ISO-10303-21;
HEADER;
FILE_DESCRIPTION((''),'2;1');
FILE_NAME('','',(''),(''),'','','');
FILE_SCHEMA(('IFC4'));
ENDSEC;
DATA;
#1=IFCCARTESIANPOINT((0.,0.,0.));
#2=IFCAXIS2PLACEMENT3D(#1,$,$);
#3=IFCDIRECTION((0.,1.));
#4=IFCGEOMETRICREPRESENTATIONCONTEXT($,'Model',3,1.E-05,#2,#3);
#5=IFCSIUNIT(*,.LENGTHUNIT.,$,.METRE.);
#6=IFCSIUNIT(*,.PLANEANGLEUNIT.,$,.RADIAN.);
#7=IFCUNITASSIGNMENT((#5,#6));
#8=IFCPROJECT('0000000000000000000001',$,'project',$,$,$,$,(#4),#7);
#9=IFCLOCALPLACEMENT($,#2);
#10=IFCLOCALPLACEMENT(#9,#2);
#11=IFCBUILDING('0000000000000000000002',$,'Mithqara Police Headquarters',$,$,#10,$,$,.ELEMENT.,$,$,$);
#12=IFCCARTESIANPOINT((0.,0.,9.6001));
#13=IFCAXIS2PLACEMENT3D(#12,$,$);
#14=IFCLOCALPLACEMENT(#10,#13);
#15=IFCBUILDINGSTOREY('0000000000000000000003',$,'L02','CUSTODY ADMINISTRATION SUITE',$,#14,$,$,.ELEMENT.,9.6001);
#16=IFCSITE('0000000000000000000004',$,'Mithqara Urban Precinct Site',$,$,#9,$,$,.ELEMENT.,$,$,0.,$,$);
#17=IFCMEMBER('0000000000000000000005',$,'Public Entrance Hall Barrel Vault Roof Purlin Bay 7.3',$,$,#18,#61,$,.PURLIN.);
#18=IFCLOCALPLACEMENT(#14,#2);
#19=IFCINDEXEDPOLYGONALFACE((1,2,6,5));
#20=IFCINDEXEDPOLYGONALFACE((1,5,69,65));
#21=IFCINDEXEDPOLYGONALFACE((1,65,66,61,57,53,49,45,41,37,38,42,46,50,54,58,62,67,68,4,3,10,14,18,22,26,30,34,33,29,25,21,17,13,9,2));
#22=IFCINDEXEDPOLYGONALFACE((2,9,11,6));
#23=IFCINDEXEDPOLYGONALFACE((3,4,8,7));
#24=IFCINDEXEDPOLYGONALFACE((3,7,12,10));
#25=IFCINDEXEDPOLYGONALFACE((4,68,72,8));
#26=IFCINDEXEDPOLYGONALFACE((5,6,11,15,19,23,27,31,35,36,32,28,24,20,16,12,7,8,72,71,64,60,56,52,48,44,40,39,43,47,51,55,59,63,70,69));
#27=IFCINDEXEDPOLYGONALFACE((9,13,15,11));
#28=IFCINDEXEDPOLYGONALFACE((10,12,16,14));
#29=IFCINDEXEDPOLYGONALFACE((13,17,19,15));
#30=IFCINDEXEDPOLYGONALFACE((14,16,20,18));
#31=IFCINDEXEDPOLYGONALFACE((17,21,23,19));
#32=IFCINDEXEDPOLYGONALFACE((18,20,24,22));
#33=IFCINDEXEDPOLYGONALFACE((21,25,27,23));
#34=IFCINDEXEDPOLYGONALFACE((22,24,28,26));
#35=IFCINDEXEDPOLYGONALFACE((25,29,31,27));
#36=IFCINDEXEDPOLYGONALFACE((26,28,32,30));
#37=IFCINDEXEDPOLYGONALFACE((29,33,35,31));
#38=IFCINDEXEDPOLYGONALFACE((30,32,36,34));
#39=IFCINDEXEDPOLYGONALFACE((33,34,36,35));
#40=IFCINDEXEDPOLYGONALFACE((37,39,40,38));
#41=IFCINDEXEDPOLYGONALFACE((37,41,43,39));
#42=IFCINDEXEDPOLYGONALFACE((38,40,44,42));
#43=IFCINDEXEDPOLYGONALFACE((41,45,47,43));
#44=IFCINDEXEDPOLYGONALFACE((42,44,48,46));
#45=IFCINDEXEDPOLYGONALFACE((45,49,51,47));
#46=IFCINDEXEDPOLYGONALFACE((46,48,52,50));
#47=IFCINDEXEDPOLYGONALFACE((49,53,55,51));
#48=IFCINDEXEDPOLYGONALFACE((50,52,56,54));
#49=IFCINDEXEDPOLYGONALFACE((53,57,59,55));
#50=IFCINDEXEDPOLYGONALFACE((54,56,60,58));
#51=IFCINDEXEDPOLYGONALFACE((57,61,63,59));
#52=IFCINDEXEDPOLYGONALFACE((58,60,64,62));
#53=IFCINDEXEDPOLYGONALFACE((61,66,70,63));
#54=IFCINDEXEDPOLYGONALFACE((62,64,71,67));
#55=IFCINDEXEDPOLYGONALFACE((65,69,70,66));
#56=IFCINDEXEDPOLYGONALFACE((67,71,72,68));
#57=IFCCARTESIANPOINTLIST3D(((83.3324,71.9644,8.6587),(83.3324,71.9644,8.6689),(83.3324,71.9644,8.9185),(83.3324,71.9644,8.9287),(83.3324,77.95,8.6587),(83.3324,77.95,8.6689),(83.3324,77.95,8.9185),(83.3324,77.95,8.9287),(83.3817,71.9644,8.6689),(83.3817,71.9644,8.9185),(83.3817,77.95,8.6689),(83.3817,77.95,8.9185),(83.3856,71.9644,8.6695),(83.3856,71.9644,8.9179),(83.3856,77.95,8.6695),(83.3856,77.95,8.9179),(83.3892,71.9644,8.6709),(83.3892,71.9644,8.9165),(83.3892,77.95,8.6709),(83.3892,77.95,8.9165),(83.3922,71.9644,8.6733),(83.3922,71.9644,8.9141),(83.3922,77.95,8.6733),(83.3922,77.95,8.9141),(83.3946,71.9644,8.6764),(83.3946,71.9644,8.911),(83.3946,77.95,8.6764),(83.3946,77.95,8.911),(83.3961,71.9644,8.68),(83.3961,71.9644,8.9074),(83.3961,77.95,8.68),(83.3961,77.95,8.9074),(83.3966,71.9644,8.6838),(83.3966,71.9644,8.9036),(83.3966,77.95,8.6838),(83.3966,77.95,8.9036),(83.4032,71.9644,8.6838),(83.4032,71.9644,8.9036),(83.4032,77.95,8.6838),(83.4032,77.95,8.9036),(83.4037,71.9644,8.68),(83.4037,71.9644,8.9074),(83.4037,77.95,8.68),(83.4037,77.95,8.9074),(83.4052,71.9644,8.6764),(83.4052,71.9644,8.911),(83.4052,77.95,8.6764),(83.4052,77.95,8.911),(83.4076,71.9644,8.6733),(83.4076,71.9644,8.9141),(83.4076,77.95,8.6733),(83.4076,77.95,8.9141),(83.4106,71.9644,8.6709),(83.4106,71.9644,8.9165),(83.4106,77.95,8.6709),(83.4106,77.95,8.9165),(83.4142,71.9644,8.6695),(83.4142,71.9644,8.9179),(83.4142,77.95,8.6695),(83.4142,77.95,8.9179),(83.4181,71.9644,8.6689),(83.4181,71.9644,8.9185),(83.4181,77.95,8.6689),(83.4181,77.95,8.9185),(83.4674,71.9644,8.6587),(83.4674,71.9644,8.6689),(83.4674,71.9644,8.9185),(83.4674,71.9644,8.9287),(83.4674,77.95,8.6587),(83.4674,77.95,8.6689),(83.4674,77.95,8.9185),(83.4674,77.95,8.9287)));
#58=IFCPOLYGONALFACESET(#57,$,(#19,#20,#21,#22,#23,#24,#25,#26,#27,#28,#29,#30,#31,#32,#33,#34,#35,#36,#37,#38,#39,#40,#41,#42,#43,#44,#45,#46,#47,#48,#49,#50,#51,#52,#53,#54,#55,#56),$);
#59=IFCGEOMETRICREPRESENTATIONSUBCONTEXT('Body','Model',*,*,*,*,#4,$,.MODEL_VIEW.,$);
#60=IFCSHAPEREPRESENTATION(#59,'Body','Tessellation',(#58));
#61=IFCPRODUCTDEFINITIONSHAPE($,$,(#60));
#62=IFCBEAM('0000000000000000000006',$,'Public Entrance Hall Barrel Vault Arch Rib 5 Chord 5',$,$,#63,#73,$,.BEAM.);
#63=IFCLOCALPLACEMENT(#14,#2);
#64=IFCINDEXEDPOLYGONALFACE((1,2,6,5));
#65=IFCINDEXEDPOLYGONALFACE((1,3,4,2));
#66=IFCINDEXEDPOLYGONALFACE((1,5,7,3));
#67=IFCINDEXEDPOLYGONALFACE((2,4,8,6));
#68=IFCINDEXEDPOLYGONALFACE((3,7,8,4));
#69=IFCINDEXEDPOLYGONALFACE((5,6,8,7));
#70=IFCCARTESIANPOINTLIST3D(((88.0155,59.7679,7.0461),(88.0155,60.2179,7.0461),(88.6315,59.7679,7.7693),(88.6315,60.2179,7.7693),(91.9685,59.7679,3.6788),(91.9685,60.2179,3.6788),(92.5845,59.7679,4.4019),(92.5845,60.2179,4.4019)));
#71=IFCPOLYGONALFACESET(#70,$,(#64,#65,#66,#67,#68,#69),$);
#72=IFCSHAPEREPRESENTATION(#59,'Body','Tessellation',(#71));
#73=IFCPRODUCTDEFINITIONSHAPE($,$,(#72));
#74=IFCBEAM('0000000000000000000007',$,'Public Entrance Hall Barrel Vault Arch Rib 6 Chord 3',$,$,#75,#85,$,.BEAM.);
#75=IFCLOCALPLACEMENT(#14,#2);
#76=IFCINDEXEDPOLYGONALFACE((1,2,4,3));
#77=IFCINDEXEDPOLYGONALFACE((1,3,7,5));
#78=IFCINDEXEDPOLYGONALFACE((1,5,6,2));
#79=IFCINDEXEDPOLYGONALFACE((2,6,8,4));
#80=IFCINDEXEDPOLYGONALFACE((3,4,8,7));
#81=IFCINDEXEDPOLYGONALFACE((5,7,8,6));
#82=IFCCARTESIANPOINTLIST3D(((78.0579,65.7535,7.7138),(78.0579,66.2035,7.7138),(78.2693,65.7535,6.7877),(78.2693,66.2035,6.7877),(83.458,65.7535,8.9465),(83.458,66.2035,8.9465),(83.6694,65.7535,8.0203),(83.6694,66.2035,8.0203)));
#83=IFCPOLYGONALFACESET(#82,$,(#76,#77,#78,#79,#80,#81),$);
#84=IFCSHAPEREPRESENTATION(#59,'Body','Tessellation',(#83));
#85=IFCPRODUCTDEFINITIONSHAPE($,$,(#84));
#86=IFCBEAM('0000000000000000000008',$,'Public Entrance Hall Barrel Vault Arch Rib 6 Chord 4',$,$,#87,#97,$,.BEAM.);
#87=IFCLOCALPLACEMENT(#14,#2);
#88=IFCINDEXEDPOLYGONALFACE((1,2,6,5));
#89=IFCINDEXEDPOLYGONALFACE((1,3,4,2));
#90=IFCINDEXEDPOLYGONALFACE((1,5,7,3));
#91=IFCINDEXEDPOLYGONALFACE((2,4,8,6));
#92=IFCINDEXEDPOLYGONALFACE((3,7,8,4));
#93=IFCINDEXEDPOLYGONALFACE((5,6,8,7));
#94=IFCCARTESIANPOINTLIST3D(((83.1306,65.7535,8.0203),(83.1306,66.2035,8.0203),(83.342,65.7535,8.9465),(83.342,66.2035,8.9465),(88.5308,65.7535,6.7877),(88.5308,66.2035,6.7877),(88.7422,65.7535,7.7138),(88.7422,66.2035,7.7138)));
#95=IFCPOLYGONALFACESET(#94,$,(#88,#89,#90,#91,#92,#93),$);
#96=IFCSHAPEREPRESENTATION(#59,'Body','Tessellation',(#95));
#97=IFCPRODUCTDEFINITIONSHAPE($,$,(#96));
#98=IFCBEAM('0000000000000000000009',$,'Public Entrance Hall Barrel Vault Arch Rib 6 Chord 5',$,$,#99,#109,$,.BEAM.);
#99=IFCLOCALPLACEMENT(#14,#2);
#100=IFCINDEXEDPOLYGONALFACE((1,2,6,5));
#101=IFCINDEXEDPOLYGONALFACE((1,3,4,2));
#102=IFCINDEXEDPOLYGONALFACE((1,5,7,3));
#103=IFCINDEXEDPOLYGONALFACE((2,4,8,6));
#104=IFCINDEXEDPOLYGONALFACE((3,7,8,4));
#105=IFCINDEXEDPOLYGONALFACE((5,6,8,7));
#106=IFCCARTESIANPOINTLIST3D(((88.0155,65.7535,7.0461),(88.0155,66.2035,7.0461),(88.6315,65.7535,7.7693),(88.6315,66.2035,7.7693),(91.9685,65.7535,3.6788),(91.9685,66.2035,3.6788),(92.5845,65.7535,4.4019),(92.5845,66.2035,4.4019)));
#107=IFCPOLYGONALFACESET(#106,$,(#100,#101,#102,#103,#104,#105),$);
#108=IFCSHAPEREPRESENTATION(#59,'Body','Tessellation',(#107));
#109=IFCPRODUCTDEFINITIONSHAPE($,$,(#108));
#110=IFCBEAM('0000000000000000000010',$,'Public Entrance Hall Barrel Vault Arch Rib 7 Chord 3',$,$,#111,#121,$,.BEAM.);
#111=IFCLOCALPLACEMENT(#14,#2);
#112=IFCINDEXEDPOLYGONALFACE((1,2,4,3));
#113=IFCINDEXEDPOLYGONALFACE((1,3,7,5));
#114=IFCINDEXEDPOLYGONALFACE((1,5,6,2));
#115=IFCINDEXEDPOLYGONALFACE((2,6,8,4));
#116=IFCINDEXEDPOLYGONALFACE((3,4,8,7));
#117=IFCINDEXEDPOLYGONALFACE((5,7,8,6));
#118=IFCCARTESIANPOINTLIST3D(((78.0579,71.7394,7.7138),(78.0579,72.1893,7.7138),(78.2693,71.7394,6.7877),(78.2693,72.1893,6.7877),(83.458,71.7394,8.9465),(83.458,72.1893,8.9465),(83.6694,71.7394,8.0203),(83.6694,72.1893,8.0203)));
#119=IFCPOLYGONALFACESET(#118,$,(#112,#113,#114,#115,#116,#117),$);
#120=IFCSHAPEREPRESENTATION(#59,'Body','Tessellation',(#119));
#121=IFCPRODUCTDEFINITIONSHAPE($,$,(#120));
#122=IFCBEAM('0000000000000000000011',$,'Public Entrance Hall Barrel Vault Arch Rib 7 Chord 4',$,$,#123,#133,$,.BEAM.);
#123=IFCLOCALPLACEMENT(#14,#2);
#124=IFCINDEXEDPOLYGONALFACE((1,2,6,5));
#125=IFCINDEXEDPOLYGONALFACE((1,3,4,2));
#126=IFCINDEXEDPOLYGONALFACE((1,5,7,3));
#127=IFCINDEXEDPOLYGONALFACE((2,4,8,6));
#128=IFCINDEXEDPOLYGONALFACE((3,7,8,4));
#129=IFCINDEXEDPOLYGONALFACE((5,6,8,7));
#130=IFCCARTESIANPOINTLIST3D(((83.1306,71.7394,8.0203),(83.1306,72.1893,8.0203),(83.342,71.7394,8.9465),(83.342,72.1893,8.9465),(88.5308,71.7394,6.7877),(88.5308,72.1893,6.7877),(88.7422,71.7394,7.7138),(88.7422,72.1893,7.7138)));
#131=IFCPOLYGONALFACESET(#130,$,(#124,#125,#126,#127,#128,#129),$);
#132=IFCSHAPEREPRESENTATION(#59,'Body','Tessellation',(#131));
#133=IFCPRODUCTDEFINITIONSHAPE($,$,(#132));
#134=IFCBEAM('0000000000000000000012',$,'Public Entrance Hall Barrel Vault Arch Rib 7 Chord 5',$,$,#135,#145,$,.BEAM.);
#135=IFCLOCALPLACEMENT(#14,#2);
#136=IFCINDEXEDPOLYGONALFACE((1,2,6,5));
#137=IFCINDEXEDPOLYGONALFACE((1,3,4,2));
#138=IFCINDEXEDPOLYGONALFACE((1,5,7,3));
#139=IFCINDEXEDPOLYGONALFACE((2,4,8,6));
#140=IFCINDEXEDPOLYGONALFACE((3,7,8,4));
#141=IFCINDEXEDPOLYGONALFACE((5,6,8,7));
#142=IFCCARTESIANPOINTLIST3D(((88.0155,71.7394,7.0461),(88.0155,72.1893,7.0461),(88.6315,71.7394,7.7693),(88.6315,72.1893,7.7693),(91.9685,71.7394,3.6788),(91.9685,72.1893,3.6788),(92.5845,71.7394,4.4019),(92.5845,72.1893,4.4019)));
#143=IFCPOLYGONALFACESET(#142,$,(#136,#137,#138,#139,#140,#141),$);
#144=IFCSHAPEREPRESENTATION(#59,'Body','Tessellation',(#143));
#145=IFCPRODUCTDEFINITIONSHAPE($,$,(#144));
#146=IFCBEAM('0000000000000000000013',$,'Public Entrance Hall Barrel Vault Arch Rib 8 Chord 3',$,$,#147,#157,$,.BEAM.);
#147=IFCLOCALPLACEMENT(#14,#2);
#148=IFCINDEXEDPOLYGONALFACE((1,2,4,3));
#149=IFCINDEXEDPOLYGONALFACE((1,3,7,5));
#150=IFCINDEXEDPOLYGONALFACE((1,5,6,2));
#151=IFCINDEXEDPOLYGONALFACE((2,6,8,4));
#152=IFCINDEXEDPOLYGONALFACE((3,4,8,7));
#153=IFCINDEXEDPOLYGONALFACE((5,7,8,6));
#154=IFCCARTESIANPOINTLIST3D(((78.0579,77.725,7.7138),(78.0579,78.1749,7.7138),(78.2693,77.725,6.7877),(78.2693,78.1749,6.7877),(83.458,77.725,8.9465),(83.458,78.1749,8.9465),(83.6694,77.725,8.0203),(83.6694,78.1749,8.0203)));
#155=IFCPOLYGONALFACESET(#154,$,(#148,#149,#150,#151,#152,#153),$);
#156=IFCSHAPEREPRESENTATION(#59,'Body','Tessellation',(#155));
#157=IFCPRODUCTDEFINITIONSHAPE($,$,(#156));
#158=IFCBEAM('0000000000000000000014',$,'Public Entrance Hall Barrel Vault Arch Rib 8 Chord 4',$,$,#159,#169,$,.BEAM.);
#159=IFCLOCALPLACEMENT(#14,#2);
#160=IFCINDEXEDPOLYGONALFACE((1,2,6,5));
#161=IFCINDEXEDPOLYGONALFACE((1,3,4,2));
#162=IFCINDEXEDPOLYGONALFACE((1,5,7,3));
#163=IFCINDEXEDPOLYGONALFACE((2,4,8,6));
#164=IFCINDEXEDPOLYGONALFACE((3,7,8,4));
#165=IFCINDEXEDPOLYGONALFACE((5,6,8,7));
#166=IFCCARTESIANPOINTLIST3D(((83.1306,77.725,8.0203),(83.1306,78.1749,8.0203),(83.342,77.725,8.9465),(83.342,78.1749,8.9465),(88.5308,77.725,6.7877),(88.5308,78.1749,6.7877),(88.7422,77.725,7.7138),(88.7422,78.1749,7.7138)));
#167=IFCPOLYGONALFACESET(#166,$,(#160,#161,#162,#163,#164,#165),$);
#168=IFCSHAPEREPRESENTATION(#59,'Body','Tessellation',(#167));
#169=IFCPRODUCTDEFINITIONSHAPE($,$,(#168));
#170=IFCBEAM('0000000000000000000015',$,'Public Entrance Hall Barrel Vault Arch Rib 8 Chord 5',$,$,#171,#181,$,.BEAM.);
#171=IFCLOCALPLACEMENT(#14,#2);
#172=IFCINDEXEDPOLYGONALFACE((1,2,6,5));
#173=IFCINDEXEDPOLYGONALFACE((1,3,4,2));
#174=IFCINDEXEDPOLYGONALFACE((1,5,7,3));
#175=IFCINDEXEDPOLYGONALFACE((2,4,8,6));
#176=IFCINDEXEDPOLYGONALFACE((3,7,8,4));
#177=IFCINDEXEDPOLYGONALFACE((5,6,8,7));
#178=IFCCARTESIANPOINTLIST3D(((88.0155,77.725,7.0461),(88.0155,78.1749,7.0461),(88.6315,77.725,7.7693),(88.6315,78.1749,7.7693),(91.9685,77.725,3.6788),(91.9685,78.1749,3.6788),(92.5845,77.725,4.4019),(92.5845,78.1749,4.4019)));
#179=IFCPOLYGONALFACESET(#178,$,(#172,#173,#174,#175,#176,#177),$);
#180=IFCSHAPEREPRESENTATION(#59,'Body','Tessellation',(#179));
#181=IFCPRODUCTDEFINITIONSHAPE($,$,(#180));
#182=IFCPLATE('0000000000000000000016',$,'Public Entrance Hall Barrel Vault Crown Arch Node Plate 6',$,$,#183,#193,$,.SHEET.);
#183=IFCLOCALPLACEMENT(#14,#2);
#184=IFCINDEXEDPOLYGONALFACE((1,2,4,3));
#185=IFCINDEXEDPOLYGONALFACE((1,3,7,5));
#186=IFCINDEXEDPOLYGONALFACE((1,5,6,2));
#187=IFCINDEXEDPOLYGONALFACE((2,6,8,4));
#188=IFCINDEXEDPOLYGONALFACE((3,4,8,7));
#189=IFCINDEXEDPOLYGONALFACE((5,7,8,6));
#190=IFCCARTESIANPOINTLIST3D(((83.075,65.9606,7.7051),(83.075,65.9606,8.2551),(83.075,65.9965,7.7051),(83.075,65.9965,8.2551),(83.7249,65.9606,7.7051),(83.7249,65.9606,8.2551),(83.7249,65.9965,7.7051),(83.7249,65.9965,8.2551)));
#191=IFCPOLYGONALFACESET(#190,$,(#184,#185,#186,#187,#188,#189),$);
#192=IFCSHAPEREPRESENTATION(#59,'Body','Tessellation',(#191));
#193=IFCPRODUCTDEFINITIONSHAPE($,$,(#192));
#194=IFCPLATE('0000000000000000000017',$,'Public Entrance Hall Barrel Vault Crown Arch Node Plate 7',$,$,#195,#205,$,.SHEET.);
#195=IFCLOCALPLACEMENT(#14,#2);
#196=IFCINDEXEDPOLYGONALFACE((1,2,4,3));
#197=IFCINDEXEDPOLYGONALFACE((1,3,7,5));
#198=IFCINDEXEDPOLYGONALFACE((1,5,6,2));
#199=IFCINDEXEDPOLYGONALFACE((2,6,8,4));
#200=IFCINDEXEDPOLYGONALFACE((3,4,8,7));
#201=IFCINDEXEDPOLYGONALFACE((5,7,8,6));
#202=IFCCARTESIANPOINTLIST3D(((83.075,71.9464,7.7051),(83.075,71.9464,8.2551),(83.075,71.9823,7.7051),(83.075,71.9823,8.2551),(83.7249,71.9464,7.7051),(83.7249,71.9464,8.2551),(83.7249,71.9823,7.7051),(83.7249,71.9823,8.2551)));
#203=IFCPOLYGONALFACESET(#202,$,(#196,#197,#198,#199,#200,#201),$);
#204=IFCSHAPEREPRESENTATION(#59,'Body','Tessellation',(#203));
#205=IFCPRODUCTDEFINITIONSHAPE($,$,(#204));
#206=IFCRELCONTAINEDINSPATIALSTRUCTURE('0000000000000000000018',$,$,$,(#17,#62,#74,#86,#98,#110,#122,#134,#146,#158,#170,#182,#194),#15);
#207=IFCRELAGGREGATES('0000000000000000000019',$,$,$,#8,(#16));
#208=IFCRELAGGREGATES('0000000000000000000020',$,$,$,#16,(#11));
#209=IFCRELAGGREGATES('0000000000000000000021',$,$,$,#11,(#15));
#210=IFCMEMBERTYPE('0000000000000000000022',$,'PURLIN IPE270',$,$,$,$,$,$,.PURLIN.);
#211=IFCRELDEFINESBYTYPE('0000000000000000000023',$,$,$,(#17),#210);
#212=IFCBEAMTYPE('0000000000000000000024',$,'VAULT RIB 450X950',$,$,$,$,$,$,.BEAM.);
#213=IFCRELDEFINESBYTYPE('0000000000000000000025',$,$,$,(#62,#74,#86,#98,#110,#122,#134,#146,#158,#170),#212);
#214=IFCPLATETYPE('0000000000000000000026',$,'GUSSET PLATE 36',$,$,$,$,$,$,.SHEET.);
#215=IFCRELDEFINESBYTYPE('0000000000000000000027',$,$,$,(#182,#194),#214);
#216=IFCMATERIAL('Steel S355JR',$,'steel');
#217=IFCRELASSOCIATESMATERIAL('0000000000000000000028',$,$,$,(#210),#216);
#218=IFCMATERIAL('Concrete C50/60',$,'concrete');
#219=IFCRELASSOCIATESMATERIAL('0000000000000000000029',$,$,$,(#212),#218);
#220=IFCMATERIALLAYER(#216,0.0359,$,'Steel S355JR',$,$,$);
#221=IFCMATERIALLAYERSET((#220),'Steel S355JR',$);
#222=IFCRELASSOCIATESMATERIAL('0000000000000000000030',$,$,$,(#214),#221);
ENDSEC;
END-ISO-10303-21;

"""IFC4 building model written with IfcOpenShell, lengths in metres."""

from ifc_helpers import new_model, si_unit, direction, frame, origin, origin_2d, place, context, subcontext, project, spatial, rectangle, i_section, extrude, material, layer, layer_set, material_profile, profile_set, type_object, element, save


model = new_model("IFC4")

# Units and contexts
model_context = context("Model", 3, precision=1e-05, world=origin(), true_north=direction((0.0, 1.0)))
body_context = subcontext(model_context, "Body", "Model", "MODEL_VIEW")
ifc_project = project(units=[si_unit("LENGTHUNIT", "METRE"), si_unit("PLANEANGLEUNIT", "RADIAN")], contexts=[model_context])

# Site, building, storey
site_placement = place(None, origin())
site = spatial("IfcSite", under=ifc_project, at=site_placement, Name="Mithqara Urban Precinct Site", CompositionType="ELEMENT", RefElevation=0.0)
building_placement = place(site_placement, origin())
building = spatial("IfcBuilding", under=site, at=building_placement, Name="Mithqara Police Headquarters", CompositionType="ELEMENT")
storey_placement = place(building_placement, frame((0.0, 0.0, 9.6001)))
storey = spatial("IfcBuildingStorey", under=building, at=storey_placement, Name="L02", Description="CUSTODY ADMINISTRATION SUITE", CompositionType="ELEMENT", Elevation=9.6001)

# Shared definitions
ifc_material_1 = material(Name="Concrete C50/60", Category="concrete")

# Shared definitions
ifc_material_2 = material(Name="Steel S355JR", Category="steel")

# Member
ifc_material_profile_1 = material_profile(ifc_material_2, i_section(OverallWidth=0.135, OverallDepth=0.27, WebThickness=0.0066, FlangeThickness=0.0103, FilletRadius=0.0149, at=origin_2d()), Name="IPE 270")
ifc_profile_set_1 = profile_set([ifc_material_profile_1], Name="Steel S355JR")
member_type_1 = type_object("IfcMemberType", Name="PURLIN IPE270", PredefinedType="PURLIN", material=ifc_profile_set_1)
member_1_placement = place(storey_placement, frame((83.3999, 71.9644, 8.7937), z_axis=(0.0, 1.0, 0.0), x_axis=(-1.0, 0.0, 0.0)))
element("IfcMember", 1, at=member_1_placement, inside=storey, type_object=member_type_1, Name="Public Entrance Hall Barrel Vault Roof Purlin Bay 7.3", PredefinedType="PURLIN", context=body_context, shape_type="SweptSolid", body=[
    extrude(i_section(OverallWidth=0.135, OverallDepth=0.27, WebThickness=0.0066, FlangeThickness=0.0103, FilletRadius=0.0149, at=origin_2d()), origin(), (0.0, 0.0, 1.0), 5.9856),
])

# Beams
ifc_material_profile_2 = material_profile(ifc_material_1, rectangle(XDim=0.45, YDim=0.95, at=origin_2d()), Name="RIB 450x950")
ifc_profile_set_2 = profile_set([ifc_material_profile_2], Name="Concrete C50/60")
beam_type_1 = type_object("IfcBeamType", Name="VAULT RIB 450X950", PredefinedType="BEAM", material=ifc_profile_set_2)
beam_1_placement = place(storey_placement, frame((88.3235, 59.9929, 7.4077), z_axis=(0.761248, 0.0, -0.648461), x_axis=(0.0, 1.0, 0.0)))
element("IfcBeam", 2, at=beam_1_placement, inside=storey, type_object=beam_type_1, Name="Public Entrance Hall Barrel Vault Arch Rib 5 Chord 5", PredefinedType="BEAM", context=body_context, shape_type="SweptSolid", body=[
    extrude(rectangle(XDim=0.45, YDim=0.95, at=origin_2d()), origin(), (0.0, 0.0, 1.0), 5.1929),
])
for number, where, z_axis, x_axis, name in (
    (3, (78.1636, 65.9785, 7.2507), (0.974923, 0.0, 0.222541), (0.0, 1.0, 0.0), "Public Entrance Hall Barrel Vault Arch Rib 6 Chord 3"),
    (4, (83.2363, 65.9785, 8.4834), (0.974923, 0.0, -0.222541), (0.0, 1.0, 0.0), "Public Entrance Hall Barrel Vault Arch Rib 6 Chord 4"),
):
    element("IfcBeam", number, at=place(storey_placement, frame(where, z_axis=z_axis, x_axis=x_axis)), inside=storey, type_object=beam_type_1, Name=name, PredefinedType="BEAM", context=body_context, shape_type="SweptSolid", body=[
        extrude(rectangle(XDim=0.45, YDim=0.95, at=origin_2d()), origin(), (0.0, 0.0, 1.0), 5.5391),
    ])
beam_2_placement = place(storey_placement, frame((88.3235, 65.9785, 7.4077), z_axis=(0.761248, 0.0, -0.648461), x_axis=(0.0, 1.0, 0.0)))
element("IfcBeam", 5, at=beam_2_placement, inside=storey, type_object=beam_type_1, Name="Public Entrance Hall Barrel Vault Arch Rib 6 Chord 5", PredefinedType="BEAM", context=body_context, shape_type="SweptSolid", body=[
    extrude(rectangle(XDim=0.45, YDim=0.95, at=origin_2d()), origin(), (0.0, 0.0, 1.0), 5.1929),
])
for number, where, z_axis, x_axis, name in (
    (6, (78.1636, 71.9644, 7.2507), (0.974923, 0.0, 0.222541), (0.0, 1.0, 0.0), "Public Entrance Hall Barrel Vault Arch Rib 7 Chord 3"),
    (7, (83.2363, 71.9644, 8.4834), (0.974923, 0.0, -0.222541), (0.0, 1.0, 0.0), "Public Entrance Hall Barrel Vault Arch Rib 7 Chord 4"),
):
    element("IfcBeam", number, at=place(storey_placement, frame(where, z_axis=z_axis, x_axis=x_axis)), inside=storey, type_object=beam_type_1, Name=name, PredefinedType="BEAM", context=body_context, shape_type="SweptSolid", body=[
        extrude(rectangle(XDim=0.45, YDim=0.95, at=origin_2d()), origin(), (0.0, 0.0, 1.0), 5.5391),
    ])
beam_3_placement = place(storey_placement, frame((88.3235, 71.9644, 7.4077), z_axis=(0.761248, 0.0, -0.648461), x_axis=(0.0, 1.0, 0.0)))
element("IfcBeam", 8, at=beam_3_placement, inside=storey, type_object=beam_type_1, Name="Public Entrance Hall Barrel Vault Arch Rib 7 Chord 5", PredefinedType="BEAM", context=body_context, shape_type="SweptSolid", body=[
    extrude(rectangle(XDim=0.45, YDim=0.95, at=origin_2d()), origin(), (0.0, 0.0, 1.0), 5.1929),
])
for number, where, z_axis, x_axis, name in (
    (9, (78.1636, 77.95, 7.2507), (0.974923, 0.0, 0.222541), (0.0, 1.0, 0.0), "Public Entrance Hall Barrel Vault Arch Rib 8 Chord 3"),
    (10, (83.2363, 77.95, 8.4834), (0.974923, 0.0, -0.222541), (0.0, 1.0, 0.0), "Public Entrance Hall Barrel Vault Arch Rib 8 Chord 4"),
):
    element("IfcBeam", number, at=place(storey_placement, frame(where, z_axis=z_axis, x_axis=x_axis)), inside=storey, type_object=beam_type_1, Name=name, PredefinedType="BEAM", context=body_context, shape_type="SweptSolid", body=[
        extrude(rectangle(XDim=0.45, YDim=0.95, at=origin_2d()), origin(), (0.0, 0.0, 1.0), 5.5391),
    ])
beam_4_placement = place(storey_placement, frame((88.3235, 77.95, 7.4077), z_axis=(0.761248, 0.0, -0.648461), x_axis=(0.0, 1.0, 0.0)))
element("IfcBeam", 11, at=beam_4_placement, inside=storey, type_object=beam_type_1, Name="Public Entrance Hall Barrel Vault Arch Rib 8 Chord 5", PredefinedType="BEAM", context=body_context, shape_type="SweptSolid", body=[
    extrude(rectangle(XDim=0.45, YDim=0.95, at=origin_2d()), origin(), (0.0, 0.0, 1.0), 5.1929),
])

# Plates
ifc_layer_1 = layer(ifc_material_2, 0.0359, Name="Steel S355JR")
ifc_layer_set_1 = layer_set([ifc_layer_1], Name="Steel S355JR")
plate_type = type_object("IfcPlateType", Name="GUSSET PLATE 36", PredefinedType="SHEET", material=ifc_layer_set_1)
for number, where, z_axis, x_axis, name in (
    (12, (83.3999, 65.9785, 7.7051), (0.0, 0.0, 1.0), (1.0, 0.0, 0.0), "Public Entrance Hall Barrel Vault Crown Arch Node Plate 6"),
    (13, (83.3999, 71.9644, 7.7051), (0.0, 0.0, 1.0), (1.0, 0.0, 0.0), "Public Entrance Hall Barrel Vault Crown Arch Node Plate 7"),
):
    element("IfcPlate", number, at=place(storey_placement, frame(where, z_axis=z_axis, x_axis=x_axis)), inside=storey, type_object=plate_type, Name=name, PredefinedType="SHEET", context=body_context, shape_type="SweptSolid", body=[
        extrude(rectangle(XDim=0.6499, YDim=0.0359, at=origin_2d()), origin(), (0.0, 0.0, 1.0), 0.55),
    ])

save(model, "model.ifc")
